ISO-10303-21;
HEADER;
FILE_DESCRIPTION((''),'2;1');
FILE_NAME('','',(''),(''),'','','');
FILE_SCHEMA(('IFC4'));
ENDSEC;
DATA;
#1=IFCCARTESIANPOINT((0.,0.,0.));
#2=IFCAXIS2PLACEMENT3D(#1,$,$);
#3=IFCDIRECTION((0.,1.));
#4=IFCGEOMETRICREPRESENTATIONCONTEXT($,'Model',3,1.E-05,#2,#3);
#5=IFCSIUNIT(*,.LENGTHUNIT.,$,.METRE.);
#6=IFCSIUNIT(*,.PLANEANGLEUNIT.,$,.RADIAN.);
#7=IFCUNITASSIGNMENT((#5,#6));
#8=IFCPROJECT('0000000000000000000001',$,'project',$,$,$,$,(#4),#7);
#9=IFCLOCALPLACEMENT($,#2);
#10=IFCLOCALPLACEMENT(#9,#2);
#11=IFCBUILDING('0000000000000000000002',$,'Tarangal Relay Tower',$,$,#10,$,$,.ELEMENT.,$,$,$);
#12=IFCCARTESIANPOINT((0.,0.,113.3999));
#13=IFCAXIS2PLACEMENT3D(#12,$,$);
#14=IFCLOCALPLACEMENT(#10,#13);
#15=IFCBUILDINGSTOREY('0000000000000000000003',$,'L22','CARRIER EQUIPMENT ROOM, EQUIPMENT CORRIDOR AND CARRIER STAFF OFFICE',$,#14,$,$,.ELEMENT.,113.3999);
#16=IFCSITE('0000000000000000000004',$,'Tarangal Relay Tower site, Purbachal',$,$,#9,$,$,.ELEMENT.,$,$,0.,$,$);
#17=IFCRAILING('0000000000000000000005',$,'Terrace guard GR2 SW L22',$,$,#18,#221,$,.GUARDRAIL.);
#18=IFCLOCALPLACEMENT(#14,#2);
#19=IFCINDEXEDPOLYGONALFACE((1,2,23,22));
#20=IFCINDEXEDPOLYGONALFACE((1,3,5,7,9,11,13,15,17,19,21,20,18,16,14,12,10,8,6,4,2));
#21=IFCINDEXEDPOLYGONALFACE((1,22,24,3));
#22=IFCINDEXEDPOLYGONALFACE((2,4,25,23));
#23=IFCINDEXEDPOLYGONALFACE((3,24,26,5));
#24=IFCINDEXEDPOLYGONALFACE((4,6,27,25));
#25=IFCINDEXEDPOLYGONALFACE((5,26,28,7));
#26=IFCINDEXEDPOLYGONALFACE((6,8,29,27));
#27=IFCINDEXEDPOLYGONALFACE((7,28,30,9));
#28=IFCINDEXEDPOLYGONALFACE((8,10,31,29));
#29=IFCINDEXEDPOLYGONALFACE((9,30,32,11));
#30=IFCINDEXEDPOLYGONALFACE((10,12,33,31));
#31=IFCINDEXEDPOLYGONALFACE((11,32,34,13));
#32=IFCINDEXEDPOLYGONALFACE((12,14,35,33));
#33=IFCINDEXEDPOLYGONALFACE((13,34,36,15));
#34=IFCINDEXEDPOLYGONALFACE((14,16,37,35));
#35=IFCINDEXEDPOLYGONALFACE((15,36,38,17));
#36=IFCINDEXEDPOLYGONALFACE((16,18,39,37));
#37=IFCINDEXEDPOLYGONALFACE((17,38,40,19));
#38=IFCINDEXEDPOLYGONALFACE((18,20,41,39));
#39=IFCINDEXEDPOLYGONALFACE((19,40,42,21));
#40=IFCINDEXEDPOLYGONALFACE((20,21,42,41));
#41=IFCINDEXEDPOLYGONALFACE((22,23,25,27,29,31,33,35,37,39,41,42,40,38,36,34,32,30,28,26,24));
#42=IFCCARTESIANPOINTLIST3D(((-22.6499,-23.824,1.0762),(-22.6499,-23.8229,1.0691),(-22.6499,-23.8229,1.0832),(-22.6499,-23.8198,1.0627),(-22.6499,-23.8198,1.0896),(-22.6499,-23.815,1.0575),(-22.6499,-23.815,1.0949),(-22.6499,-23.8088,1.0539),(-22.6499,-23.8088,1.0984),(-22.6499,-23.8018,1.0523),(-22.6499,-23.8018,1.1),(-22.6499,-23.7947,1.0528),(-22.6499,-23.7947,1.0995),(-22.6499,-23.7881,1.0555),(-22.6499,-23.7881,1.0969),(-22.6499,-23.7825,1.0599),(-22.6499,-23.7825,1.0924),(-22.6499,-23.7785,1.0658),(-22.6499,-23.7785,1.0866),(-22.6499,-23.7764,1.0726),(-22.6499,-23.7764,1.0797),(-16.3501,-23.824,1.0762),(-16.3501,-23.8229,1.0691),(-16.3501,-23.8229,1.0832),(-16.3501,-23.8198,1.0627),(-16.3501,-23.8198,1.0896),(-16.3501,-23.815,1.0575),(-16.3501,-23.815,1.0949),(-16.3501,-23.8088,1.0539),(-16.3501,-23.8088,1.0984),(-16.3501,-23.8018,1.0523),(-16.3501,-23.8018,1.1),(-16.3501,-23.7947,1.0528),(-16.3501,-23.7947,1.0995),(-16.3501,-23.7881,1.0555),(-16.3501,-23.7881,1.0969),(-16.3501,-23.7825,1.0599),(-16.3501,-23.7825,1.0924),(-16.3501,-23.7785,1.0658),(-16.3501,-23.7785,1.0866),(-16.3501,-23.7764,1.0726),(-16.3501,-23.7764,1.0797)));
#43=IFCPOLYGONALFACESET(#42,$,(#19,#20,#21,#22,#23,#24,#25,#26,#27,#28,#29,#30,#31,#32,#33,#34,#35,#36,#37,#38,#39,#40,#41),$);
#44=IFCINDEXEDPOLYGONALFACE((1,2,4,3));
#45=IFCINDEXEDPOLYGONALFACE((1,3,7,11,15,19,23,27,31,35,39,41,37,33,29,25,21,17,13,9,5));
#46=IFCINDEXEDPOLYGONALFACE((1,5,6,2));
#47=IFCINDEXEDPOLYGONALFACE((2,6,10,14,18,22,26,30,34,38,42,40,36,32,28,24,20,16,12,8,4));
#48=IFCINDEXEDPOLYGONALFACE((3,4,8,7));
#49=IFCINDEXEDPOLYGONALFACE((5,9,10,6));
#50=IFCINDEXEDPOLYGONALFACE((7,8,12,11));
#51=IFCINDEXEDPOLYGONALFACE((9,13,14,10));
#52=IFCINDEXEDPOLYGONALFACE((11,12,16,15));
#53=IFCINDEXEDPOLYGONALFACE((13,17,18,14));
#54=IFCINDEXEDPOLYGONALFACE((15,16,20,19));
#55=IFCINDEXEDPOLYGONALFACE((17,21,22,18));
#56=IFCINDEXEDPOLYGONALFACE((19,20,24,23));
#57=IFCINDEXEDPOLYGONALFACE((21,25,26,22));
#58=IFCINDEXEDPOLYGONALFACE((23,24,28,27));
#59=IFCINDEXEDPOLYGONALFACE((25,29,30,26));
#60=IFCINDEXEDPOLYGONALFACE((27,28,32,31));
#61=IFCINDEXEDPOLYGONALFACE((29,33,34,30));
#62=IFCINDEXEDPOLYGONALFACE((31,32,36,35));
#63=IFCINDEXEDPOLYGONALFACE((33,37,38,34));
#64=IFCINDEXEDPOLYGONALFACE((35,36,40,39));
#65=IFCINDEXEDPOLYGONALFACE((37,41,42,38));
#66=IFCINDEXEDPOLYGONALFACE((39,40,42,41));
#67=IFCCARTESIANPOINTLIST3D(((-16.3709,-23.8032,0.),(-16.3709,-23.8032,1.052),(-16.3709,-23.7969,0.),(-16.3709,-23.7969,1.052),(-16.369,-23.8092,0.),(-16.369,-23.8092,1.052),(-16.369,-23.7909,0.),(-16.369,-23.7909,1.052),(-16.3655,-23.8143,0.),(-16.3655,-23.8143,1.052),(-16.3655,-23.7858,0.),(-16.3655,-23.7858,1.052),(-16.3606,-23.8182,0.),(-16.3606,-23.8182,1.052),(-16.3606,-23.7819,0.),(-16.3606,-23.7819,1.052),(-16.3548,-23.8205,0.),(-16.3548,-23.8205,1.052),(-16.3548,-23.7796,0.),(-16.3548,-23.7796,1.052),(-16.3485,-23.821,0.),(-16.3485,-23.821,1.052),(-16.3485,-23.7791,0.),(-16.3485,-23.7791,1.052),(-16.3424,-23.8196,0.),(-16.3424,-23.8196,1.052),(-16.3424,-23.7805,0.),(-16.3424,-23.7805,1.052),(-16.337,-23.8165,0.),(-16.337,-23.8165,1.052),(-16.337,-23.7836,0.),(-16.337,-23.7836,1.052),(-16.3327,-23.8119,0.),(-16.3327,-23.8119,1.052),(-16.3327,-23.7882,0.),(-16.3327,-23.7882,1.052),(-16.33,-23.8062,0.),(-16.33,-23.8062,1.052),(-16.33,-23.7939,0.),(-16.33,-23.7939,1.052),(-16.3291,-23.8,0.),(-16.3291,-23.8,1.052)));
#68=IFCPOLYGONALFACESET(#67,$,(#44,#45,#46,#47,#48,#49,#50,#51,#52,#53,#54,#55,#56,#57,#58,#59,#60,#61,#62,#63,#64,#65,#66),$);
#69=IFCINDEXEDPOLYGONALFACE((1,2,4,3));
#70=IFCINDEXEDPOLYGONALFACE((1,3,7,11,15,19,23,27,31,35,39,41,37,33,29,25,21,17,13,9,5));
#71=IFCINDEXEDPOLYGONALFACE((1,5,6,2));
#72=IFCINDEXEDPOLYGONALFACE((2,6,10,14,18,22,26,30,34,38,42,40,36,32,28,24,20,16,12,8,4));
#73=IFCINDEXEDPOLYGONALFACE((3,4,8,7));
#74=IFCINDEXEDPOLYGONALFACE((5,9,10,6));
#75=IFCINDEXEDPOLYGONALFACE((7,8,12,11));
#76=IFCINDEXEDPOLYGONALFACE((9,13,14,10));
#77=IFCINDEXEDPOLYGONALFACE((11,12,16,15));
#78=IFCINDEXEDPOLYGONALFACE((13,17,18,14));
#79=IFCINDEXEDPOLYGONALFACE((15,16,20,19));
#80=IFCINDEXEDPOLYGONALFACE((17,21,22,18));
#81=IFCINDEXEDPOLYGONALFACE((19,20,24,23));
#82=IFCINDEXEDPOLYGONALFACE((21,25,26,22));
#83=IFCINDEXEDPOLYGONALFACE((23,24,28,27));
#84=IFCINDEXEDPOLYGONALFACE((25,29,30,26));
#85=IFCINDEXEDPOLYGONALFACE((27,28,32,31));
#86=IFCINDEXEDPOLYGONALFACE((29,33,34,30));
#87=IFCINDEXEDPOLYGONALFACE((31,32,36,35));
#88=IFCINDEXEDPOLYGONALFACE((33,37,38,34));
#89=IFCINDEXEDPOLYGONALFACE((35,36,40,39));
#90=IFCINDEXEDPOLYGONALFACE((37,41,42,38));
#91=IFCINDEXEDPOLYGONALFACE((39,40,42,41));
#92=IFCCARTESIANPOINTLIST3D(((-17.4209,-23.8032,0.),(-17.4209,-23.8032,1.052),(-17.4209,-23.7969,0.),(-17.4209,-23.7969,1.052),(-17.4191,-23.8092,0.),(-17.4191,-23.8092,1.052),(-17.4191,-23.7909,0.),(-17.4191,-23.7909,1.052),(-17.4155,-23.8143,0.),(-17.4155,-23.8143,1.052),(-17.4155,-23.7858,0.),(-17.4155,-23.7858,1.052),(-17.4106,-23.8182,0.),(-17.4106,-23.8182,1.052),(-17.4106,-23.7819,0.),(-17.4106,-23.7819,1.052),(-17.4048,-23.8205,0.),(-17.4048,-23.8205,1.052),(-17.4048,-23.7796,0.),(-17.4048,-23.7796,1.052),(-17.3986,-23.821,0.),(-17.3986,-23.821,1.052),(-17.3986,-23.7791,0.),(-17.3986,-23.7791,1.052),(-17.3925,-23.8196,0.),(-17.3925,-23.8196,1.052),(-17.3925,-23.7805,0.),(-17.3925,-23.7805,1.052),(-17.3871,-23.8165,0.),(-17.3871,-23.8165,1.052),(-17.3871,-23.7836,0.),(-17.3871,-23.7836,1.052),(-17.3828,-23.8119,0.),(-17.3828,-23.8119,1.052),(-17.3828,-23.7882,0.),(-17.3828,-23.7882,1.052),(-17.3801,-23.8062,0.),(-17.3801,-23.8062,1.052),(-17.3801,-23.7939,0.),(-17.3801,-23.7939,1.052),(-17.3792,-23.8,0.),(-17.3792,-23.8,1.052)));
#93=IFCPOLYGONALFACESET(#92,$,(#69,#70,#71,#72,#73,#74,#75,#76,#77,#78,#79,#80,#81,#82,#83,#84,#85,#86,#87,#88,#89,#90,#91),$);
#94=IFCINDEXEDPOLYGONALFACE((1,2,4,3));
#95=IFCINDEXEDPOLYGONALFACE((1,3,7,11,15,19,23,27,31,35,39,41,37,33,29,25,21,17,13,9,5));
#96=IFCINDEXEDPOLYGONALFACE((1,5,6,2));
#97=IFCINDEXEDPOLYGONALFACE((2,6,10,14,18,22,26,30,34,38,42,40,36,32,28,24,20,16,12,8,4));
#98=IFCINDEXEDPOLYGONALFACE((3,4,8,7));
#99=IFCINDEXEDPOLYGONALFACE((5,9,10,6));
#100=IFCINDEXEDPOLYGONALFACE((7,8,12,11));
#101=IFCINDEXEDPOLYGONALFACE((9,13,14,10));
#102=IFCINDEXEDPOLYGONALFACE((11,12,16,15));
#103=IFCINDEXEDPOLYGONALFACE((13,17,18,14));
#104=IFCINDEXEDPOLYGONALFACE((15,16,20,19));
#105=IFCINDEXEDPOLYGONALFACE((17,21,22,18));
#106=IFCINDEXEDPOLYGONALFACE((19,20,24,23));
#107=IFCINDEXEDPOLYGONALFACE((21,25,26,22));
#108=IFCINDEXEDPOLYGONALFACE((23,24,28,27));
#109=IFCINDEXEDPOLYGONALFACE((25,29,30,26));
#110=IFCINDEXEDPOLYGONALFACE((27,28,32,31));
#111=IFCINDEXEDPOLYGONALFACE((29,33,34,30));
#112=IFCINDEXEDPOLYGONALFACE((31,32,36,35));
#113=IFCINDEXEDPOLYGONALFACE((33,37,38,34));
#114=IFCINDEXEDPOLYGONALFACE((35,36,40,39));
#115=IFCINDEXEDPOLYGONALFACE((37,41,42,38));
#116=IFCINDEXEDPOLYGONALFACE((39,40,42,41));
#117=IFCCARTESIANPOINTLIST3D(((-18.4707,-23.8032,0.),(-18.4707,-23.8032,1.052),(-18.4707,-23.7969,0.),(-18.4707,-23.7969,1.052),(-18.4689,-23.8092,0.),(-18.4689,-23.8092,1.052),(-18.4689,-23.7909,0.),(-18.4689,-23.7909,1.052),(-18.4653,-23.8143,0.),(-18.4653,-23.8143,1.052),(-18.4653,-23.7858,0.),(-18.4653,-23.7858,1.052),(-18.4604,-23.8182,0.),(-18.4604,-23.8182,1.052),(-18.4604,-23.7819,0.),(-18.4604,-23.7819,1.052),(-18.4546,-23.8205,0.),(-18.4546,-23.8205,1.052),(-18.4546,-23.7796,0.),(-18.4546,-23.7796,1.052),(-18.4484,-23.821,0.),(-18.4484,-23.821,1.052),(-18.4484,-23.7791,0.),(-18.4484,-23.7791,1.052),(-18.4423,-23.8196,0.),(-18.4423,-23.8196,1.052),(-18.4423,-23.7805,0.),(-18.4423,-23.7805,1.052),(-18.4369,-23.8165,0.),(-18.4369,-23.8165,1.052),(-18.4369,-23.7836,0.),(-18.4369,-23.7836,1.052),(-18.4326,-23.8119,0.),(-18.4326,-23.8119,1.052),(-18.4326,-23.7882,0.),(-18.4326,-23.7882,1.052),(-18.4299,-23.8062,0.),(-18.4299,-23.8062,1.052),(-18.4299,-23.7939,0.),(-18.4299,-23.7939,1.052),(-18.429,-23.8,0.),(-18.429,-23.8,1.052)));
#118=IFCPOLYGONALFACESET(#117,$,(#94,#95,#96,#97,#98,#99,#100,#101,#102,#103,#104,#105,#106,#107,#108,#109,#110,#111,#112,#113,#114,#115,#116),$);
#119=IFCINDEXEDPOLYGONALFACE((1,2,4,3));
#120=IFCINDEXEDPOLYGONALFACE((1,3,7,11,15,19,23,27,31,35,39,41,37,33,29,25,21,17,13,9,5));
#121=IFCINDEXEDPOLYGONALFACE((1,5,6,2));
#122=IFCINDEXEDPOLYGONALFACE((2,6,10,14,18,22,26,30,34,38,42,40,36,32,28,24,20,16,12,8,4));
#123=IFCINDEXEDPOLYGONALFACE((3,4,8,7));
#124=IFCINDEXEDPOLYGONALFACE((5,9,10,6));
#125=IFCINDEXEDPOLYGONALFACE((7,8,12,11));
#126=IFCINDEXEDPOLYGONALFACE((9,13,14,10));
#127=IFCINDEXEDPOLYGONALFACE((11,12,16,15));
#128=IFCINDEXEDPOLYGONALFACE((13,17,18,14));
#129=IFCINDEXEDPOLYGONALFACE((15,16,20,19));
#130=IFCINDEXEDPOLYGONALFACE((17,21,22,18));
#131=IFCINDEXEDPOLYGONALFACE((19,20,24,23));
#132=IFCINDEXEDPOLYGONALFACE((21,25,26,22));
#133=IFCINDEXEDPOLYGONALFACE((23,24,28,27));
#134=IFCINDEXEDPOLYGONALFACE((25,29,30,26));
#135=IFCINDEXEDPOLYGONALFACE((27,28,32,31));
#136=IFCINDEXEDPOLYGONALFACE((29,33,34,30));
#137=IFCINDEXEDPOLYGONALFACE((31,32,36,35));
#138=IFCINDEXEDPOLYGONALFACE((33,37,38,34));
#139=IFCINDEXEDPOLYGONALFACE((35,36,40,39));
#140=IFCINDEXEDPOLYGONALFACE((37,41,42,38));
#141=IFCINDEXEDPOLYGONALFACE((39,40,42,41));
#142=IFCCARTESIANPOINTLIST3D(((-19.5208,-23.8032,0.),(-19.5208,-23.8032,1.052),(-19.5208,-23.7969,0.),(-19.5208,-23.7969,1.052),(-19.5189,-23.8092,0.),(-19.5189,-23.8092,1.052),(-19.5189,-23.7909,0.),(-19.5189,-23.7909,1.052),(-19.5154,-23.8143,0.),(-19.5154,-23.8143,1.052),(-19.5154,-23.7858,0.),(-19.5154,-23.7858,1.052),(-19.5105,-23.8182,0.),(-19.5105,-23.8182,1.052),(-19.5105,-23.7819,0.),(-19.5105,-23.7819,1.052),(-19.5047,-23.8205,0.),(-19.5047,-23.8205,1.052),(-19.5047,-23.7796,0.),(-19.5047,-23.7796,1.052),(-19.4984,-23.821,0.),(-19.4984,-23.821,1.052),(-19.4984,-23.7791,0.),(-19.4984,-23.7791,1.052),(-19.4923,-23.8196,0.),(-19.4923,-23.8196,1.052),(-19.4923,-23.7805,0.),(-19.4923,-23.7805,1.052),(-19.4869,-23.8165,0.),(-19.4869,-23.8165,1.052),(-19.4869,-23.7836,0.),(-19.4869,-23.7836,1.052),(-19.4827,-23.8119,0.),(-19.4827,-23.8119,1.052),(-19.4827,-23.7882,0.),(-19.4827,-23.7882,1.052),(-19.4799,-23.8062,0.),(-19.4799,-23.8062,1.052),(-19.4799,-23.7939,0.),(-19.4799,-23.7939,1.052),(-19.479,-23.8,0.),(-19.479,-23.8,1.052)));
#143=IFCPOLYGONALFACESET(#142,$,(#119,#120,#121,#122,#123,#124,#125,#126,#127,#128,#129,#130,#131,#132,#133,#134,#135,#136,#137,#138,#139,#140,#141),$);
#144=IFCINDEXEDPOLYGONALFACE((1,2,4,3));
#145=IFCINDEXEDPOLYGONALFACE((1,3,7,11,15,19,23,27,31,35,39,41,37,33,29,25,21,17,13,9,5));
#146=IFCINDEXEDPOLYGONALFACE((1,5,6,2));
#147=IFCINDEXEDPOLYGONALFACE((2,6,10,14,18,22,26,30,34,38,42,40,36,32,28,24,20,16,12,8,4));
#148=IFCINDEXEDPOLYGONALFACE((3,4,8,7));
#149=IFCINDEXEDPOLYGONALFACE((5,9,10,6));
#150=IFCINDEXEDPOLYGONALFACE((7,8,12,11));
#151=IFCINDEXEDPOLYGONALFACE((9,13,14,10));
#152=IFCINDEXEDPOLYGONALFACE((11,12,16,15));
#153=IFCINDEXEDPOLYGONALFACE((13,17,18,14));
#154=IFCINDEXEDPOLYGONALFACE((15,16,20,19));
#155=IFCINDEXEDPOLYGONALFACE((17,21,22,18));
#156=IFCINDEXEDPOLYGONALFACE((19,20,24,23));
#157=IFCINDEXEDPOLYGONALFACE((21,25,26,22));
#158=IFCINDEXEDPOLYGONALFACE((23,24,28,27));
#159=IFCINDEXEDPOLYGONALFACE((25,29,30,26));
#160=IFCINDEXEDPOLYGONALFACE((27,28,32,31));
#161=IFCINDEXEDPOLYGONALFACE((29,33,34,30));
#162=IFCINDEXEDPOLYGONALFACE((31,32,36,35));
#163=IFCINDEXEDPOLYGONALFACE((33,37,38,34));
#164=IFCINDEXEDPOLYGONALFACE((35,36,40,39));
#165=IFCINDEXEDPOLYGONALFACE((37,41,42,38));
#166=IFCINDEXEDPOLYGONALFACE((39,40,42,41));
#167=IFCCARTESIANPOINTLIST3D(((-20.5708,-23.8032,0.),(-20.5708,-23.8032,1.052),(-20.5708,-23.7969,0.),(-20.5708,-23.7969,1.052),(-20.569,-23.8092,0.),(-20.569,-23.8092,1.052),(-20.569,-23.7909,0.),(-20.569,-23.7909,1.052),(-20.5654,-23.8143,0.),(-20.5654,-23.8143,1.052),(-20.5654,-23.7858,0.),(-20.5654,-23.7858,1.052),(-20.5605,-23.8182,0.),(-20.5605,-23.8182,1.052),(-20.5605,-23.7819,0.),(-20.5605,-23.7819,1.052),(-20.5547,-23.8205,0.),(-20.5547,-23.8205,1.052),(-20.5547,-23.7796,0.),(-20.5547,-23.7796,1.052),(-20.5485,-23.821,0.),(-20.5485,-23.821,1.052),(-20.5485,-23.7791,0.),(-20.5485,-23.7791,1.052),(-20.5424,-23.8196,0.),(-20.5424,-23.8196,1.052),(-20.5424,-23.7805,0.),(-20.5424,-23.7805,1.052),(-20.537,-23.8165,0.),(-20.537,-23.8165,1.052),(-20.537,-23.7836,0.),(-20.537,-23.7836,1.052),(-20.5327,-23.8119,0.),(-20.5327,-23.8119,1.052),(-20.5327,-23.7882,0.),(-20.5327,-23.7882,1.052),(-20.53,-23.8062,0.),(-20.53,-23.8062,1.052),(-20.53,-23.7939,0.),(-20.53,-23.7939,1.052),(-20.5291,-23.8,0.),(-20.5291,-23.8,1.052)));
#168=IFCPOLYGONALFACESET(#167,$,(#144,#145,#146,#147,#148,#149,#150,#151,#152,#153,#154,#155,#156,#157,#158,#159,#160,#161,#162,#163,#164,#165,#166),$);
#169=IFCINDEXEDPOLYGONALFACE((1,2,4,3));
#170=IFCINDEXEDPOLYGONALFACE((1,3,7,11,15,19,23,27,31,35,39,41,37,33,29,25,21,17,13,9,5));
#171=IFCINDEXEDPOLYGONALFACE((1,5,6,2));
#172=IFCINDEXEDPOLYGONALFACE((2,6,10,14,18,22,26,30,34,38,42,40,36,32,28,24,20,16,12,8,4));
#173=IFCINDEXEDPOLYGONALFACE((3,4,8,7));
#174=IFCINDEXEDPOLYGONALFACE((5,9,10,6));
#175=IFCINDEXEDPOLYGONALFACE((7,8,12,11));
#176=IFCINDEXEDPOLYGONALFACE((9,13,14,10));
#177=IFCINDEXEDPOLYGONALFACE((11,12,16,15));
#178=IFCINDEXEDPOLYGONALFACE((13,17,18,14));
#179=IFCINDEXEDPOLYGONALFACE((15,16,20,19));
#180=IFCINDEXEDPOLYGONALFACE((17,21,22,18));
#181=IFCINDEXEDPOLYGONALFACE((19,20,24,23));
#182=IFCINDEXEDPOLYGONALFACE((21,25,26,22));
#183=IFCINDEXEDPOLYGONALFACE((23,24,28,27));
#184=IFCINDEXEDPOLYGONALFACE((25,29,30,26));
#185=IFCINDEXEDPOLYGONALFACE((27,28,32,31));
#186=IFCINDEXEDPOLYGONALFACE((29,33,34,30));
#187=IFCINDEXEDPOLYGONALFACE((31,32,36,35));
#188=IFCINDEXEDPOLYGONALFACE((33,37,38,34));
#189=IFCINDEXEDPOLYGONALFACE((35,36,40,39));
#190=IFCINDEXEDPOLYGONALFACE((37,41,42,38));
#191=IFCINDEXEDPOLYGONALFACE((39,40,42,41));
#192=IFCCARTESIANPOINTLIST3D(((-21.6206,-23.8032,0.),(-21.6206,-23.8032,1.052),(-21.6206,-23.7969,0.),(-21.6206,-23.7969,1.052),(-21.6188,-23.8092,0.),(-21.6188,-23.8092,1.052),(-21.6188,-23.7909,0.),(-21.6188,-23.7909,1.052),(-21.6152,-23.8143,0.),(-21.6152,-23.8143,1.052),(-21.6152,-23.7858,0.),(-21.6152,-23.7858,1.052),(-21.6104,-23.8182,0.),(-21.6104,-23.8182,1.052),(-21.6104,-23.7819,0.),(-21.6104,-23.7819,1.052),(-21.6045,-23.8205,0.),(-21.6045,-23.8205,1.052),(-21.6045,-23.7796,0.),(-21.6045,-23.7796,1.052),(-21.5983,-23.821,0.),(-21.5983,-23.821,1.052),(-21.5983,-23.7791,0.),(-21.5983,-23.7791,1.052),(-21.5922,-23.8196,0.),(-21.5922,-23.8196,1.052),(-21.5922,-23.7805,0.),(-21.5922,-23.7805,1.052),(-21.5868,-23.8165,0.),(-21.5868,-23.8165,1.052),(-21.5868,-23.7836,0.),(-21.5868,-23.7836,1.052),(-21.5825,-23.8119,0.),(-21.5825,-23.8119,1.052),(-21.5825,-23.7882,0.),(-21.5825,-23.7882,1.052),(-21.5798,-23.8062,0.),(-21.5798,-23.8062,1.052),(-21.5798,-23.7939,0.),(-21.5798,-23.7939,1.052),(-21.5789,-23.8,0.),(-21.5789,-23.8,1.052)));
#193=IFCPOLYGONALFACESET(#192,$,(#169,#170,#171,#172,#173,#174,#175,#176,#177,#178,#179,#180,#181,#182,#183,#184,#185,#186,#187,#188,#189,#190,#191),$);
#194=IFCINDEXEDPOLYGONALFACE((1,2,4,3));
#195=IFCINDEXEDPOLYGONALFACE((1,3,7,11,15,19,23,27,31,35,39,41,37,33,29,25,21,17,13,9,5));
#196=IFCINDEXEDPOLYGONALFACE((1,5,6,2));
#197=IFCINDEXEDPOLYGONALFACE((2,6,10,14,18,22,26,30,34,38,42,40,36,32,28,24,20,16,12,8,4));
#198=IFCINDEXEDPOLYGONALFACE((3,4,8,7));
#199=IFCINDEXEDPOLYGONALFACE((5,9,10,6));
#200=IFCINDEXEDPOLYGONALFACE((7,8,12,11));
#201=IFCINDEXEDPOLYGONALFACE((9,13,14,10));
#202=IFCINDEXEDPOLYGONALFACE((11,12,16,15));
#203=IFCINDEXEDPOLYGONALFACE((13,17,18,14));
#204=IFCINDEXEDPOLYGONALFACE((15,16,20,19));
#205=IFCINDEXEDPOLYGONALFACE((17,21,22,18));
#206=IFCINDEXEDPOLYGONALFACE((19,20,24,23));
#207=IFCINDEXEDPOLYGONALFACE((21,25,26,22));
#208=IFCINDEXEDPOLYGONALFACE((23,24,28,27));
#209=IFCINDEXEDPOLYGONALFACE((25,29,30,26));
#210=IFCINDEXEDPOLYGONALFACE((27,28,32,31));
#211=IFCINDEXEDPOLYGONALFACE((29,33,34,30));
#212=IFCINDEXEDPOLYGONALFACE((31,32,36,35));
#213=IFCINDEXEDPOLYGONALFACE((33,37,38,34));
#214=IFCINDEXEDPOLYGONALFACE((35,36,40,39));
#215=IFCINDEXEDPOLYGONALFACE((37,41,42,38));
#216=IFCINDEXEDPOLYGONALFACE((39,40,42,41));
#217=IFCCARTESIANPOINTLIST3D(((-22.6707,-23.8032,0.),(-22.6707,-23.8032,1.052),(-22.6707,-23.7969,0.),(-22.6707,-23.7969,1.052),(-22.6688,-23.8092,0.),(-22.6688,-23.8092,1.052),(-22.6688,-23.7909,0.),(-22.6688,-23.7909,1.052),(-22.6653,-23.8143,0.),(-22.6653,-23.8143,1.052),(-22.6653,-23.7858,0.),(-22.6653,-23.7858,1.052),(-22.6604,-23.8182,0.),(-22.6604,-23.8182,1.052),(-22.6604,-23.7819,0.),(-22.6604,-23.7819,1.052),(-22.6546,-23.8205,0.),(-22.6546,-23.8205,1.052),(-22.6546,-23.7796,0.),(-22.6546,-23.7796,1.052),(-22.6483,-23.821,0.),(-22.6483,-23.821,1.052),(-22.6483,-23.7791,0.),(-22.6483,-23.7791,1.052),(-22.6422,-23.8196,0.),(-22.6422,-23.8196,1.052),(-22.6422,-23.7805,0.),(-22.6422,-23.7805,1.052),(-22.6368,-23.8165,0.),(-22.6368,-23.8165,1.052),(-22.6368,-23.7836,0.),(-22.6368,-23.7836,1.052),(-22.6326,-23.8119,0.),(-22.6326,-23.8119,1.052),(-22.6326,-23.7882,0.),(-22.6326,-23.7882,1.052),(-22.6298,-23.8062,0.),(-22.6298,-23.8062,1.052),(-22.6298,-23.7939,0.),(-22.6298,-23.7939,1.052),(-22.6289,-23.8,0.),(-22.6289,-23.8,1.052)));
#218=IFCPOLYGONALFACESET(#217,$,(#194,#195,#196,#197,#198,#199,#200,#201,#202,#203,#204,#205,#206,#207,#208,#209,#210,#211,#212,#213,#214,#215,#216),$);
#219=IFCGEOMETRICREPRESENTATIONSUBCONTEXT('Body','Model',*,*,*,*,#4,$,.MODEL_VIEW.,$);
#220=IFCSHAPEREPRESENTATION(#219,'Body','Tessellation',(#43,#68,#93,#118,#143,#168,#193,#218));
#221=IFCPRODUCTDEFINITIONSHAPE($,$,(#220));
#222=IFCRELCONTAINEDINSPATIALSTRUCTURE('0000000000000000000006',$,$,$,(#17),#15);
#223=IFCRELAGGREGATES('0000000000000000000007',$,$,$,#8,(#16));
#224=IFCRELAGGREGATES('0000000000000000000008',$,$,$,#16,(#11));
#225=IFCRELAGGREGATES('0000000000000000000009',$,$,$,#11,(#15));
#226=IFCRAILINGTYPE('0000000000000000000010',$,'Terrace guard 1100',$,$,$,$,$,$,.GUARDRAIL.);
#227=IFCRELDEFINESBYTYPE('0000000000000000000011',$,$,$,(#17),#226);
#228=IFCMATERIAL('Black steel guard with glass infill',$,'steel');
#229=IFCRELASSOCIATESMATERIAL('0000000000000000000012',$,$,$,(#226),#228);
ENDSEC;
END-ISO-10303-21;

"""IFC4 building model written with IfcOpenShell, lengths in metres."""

from ifc_helpers import new_model, si_unit, direction, frame, origin, origin_2d, place, context, subcontext, project, spatial, circle, extrude, material, type_object, element, save


model = new_model("IFC4")

# Units and contexts
model_context = context("Model", 3, precision=1e-05, world=origin(), true_north=direction((0.0, 1.0)))
body_context = subcontext(model_context, "Body", "Model", "MODEL_VIEW")
ifc_project = project(units=[si_unit("LENGTHUNIT", "METRE"), si_unit("PLANEANGLEUNIT", "RADIAN")], contexts=[model_context])

# Site, building, storey
site_placement = place(None, origin())
site = spatial("IfcSite", under=ifc_project, at=site_placement, Name="Tarangal Relay Tower site, Purbachal", CompositionType="ELEMENT", RefElevation=0.0)
building_placement = place(site_placement, origin())
building = spatial("IfcBuilding", under=site, at=building_placement, Name="Tarangal Relay Tower", CompositionType="ELEMENT")
storey_placement = place(building_placement, frame((0.0, 0.0, 113.3999)))
storey = spatial("IfcBuildingStorey", under=building, at=storey_placement, Name="L22", Description="CARRIER EQUIPMENT ROOM, EQUIPMENT CORRIDOR AND CARRIER STAFF OFFICE", CompositionType="ELEMENT", Elevation=113.3999)

# Railing
ifc_material_1 = material(Name="Black steel guard with glass infill", Category="steel")
railing_type = type_object("IfcRailingType", Name="Terrace guard 1100", PredefinedType="GUARDRAIL", material=ifc_material_1)
railing_placement = place(storey_placement, frame((-16.3501, -23.8, 0.0)))
element("IfcRailing", 1, at=railing_placement, inside=storey, type_object=railing_type, Name="Terrace guard GR2 SW L22", PredefinedType="GUARDRAIL", context=body_context, shape_type="SweptSolid", body=[
    extrude(circle(Radius=0.0239, at=origin_2d()), frame((0.0, 0.0, 1.0762), z_axis=(-1.0, 0.0, 0.0), x_axis=(0.0, -1.0, 0.0)), (0.0, 0.0, 1.0), 6.2998),
    extrude(circle(Radius=0.021, at=origin_2d()), origin(), (0.0, 0.0, 1.0), 1.052),
    extrude(circle(Radius=0.021, at=origin_2d()), frame((-1.05, 0.0, 0.0)), (0.0, 0.0, 1.0), 1.052),
    extrude(circle(Radius=0.021, at=origin_2d()), frame((-2.0999, 0.0, 0.0)), (0.0, 0.0, 1.0), 1.052),
    extrude(circle(Radius=0.021, at=origin_2d()), frame((-3.1499, 0.0, 0.0)), (0.0, 0.0, 1.0), 1.052),
    extrude(circle(Radius=0.021, at=origin_2d()), frame((-4.2, 0.0, 0.0)), (0.0, 0.0, 1.0), 1.052),
    extrude(circle(Radius=0.021, at=origin_2d()), frame((-5.2498, 0.0, 0.0)), (0.0, 0.0, 1.0), 1.052),
    extrude(circle(Radius=0.021, at=origin_2d()), frame((-6.2998, 0.0, 0.0)), (0.0, 0.0, 1.0), 1.052),
])

save(model, "model.ifc")
